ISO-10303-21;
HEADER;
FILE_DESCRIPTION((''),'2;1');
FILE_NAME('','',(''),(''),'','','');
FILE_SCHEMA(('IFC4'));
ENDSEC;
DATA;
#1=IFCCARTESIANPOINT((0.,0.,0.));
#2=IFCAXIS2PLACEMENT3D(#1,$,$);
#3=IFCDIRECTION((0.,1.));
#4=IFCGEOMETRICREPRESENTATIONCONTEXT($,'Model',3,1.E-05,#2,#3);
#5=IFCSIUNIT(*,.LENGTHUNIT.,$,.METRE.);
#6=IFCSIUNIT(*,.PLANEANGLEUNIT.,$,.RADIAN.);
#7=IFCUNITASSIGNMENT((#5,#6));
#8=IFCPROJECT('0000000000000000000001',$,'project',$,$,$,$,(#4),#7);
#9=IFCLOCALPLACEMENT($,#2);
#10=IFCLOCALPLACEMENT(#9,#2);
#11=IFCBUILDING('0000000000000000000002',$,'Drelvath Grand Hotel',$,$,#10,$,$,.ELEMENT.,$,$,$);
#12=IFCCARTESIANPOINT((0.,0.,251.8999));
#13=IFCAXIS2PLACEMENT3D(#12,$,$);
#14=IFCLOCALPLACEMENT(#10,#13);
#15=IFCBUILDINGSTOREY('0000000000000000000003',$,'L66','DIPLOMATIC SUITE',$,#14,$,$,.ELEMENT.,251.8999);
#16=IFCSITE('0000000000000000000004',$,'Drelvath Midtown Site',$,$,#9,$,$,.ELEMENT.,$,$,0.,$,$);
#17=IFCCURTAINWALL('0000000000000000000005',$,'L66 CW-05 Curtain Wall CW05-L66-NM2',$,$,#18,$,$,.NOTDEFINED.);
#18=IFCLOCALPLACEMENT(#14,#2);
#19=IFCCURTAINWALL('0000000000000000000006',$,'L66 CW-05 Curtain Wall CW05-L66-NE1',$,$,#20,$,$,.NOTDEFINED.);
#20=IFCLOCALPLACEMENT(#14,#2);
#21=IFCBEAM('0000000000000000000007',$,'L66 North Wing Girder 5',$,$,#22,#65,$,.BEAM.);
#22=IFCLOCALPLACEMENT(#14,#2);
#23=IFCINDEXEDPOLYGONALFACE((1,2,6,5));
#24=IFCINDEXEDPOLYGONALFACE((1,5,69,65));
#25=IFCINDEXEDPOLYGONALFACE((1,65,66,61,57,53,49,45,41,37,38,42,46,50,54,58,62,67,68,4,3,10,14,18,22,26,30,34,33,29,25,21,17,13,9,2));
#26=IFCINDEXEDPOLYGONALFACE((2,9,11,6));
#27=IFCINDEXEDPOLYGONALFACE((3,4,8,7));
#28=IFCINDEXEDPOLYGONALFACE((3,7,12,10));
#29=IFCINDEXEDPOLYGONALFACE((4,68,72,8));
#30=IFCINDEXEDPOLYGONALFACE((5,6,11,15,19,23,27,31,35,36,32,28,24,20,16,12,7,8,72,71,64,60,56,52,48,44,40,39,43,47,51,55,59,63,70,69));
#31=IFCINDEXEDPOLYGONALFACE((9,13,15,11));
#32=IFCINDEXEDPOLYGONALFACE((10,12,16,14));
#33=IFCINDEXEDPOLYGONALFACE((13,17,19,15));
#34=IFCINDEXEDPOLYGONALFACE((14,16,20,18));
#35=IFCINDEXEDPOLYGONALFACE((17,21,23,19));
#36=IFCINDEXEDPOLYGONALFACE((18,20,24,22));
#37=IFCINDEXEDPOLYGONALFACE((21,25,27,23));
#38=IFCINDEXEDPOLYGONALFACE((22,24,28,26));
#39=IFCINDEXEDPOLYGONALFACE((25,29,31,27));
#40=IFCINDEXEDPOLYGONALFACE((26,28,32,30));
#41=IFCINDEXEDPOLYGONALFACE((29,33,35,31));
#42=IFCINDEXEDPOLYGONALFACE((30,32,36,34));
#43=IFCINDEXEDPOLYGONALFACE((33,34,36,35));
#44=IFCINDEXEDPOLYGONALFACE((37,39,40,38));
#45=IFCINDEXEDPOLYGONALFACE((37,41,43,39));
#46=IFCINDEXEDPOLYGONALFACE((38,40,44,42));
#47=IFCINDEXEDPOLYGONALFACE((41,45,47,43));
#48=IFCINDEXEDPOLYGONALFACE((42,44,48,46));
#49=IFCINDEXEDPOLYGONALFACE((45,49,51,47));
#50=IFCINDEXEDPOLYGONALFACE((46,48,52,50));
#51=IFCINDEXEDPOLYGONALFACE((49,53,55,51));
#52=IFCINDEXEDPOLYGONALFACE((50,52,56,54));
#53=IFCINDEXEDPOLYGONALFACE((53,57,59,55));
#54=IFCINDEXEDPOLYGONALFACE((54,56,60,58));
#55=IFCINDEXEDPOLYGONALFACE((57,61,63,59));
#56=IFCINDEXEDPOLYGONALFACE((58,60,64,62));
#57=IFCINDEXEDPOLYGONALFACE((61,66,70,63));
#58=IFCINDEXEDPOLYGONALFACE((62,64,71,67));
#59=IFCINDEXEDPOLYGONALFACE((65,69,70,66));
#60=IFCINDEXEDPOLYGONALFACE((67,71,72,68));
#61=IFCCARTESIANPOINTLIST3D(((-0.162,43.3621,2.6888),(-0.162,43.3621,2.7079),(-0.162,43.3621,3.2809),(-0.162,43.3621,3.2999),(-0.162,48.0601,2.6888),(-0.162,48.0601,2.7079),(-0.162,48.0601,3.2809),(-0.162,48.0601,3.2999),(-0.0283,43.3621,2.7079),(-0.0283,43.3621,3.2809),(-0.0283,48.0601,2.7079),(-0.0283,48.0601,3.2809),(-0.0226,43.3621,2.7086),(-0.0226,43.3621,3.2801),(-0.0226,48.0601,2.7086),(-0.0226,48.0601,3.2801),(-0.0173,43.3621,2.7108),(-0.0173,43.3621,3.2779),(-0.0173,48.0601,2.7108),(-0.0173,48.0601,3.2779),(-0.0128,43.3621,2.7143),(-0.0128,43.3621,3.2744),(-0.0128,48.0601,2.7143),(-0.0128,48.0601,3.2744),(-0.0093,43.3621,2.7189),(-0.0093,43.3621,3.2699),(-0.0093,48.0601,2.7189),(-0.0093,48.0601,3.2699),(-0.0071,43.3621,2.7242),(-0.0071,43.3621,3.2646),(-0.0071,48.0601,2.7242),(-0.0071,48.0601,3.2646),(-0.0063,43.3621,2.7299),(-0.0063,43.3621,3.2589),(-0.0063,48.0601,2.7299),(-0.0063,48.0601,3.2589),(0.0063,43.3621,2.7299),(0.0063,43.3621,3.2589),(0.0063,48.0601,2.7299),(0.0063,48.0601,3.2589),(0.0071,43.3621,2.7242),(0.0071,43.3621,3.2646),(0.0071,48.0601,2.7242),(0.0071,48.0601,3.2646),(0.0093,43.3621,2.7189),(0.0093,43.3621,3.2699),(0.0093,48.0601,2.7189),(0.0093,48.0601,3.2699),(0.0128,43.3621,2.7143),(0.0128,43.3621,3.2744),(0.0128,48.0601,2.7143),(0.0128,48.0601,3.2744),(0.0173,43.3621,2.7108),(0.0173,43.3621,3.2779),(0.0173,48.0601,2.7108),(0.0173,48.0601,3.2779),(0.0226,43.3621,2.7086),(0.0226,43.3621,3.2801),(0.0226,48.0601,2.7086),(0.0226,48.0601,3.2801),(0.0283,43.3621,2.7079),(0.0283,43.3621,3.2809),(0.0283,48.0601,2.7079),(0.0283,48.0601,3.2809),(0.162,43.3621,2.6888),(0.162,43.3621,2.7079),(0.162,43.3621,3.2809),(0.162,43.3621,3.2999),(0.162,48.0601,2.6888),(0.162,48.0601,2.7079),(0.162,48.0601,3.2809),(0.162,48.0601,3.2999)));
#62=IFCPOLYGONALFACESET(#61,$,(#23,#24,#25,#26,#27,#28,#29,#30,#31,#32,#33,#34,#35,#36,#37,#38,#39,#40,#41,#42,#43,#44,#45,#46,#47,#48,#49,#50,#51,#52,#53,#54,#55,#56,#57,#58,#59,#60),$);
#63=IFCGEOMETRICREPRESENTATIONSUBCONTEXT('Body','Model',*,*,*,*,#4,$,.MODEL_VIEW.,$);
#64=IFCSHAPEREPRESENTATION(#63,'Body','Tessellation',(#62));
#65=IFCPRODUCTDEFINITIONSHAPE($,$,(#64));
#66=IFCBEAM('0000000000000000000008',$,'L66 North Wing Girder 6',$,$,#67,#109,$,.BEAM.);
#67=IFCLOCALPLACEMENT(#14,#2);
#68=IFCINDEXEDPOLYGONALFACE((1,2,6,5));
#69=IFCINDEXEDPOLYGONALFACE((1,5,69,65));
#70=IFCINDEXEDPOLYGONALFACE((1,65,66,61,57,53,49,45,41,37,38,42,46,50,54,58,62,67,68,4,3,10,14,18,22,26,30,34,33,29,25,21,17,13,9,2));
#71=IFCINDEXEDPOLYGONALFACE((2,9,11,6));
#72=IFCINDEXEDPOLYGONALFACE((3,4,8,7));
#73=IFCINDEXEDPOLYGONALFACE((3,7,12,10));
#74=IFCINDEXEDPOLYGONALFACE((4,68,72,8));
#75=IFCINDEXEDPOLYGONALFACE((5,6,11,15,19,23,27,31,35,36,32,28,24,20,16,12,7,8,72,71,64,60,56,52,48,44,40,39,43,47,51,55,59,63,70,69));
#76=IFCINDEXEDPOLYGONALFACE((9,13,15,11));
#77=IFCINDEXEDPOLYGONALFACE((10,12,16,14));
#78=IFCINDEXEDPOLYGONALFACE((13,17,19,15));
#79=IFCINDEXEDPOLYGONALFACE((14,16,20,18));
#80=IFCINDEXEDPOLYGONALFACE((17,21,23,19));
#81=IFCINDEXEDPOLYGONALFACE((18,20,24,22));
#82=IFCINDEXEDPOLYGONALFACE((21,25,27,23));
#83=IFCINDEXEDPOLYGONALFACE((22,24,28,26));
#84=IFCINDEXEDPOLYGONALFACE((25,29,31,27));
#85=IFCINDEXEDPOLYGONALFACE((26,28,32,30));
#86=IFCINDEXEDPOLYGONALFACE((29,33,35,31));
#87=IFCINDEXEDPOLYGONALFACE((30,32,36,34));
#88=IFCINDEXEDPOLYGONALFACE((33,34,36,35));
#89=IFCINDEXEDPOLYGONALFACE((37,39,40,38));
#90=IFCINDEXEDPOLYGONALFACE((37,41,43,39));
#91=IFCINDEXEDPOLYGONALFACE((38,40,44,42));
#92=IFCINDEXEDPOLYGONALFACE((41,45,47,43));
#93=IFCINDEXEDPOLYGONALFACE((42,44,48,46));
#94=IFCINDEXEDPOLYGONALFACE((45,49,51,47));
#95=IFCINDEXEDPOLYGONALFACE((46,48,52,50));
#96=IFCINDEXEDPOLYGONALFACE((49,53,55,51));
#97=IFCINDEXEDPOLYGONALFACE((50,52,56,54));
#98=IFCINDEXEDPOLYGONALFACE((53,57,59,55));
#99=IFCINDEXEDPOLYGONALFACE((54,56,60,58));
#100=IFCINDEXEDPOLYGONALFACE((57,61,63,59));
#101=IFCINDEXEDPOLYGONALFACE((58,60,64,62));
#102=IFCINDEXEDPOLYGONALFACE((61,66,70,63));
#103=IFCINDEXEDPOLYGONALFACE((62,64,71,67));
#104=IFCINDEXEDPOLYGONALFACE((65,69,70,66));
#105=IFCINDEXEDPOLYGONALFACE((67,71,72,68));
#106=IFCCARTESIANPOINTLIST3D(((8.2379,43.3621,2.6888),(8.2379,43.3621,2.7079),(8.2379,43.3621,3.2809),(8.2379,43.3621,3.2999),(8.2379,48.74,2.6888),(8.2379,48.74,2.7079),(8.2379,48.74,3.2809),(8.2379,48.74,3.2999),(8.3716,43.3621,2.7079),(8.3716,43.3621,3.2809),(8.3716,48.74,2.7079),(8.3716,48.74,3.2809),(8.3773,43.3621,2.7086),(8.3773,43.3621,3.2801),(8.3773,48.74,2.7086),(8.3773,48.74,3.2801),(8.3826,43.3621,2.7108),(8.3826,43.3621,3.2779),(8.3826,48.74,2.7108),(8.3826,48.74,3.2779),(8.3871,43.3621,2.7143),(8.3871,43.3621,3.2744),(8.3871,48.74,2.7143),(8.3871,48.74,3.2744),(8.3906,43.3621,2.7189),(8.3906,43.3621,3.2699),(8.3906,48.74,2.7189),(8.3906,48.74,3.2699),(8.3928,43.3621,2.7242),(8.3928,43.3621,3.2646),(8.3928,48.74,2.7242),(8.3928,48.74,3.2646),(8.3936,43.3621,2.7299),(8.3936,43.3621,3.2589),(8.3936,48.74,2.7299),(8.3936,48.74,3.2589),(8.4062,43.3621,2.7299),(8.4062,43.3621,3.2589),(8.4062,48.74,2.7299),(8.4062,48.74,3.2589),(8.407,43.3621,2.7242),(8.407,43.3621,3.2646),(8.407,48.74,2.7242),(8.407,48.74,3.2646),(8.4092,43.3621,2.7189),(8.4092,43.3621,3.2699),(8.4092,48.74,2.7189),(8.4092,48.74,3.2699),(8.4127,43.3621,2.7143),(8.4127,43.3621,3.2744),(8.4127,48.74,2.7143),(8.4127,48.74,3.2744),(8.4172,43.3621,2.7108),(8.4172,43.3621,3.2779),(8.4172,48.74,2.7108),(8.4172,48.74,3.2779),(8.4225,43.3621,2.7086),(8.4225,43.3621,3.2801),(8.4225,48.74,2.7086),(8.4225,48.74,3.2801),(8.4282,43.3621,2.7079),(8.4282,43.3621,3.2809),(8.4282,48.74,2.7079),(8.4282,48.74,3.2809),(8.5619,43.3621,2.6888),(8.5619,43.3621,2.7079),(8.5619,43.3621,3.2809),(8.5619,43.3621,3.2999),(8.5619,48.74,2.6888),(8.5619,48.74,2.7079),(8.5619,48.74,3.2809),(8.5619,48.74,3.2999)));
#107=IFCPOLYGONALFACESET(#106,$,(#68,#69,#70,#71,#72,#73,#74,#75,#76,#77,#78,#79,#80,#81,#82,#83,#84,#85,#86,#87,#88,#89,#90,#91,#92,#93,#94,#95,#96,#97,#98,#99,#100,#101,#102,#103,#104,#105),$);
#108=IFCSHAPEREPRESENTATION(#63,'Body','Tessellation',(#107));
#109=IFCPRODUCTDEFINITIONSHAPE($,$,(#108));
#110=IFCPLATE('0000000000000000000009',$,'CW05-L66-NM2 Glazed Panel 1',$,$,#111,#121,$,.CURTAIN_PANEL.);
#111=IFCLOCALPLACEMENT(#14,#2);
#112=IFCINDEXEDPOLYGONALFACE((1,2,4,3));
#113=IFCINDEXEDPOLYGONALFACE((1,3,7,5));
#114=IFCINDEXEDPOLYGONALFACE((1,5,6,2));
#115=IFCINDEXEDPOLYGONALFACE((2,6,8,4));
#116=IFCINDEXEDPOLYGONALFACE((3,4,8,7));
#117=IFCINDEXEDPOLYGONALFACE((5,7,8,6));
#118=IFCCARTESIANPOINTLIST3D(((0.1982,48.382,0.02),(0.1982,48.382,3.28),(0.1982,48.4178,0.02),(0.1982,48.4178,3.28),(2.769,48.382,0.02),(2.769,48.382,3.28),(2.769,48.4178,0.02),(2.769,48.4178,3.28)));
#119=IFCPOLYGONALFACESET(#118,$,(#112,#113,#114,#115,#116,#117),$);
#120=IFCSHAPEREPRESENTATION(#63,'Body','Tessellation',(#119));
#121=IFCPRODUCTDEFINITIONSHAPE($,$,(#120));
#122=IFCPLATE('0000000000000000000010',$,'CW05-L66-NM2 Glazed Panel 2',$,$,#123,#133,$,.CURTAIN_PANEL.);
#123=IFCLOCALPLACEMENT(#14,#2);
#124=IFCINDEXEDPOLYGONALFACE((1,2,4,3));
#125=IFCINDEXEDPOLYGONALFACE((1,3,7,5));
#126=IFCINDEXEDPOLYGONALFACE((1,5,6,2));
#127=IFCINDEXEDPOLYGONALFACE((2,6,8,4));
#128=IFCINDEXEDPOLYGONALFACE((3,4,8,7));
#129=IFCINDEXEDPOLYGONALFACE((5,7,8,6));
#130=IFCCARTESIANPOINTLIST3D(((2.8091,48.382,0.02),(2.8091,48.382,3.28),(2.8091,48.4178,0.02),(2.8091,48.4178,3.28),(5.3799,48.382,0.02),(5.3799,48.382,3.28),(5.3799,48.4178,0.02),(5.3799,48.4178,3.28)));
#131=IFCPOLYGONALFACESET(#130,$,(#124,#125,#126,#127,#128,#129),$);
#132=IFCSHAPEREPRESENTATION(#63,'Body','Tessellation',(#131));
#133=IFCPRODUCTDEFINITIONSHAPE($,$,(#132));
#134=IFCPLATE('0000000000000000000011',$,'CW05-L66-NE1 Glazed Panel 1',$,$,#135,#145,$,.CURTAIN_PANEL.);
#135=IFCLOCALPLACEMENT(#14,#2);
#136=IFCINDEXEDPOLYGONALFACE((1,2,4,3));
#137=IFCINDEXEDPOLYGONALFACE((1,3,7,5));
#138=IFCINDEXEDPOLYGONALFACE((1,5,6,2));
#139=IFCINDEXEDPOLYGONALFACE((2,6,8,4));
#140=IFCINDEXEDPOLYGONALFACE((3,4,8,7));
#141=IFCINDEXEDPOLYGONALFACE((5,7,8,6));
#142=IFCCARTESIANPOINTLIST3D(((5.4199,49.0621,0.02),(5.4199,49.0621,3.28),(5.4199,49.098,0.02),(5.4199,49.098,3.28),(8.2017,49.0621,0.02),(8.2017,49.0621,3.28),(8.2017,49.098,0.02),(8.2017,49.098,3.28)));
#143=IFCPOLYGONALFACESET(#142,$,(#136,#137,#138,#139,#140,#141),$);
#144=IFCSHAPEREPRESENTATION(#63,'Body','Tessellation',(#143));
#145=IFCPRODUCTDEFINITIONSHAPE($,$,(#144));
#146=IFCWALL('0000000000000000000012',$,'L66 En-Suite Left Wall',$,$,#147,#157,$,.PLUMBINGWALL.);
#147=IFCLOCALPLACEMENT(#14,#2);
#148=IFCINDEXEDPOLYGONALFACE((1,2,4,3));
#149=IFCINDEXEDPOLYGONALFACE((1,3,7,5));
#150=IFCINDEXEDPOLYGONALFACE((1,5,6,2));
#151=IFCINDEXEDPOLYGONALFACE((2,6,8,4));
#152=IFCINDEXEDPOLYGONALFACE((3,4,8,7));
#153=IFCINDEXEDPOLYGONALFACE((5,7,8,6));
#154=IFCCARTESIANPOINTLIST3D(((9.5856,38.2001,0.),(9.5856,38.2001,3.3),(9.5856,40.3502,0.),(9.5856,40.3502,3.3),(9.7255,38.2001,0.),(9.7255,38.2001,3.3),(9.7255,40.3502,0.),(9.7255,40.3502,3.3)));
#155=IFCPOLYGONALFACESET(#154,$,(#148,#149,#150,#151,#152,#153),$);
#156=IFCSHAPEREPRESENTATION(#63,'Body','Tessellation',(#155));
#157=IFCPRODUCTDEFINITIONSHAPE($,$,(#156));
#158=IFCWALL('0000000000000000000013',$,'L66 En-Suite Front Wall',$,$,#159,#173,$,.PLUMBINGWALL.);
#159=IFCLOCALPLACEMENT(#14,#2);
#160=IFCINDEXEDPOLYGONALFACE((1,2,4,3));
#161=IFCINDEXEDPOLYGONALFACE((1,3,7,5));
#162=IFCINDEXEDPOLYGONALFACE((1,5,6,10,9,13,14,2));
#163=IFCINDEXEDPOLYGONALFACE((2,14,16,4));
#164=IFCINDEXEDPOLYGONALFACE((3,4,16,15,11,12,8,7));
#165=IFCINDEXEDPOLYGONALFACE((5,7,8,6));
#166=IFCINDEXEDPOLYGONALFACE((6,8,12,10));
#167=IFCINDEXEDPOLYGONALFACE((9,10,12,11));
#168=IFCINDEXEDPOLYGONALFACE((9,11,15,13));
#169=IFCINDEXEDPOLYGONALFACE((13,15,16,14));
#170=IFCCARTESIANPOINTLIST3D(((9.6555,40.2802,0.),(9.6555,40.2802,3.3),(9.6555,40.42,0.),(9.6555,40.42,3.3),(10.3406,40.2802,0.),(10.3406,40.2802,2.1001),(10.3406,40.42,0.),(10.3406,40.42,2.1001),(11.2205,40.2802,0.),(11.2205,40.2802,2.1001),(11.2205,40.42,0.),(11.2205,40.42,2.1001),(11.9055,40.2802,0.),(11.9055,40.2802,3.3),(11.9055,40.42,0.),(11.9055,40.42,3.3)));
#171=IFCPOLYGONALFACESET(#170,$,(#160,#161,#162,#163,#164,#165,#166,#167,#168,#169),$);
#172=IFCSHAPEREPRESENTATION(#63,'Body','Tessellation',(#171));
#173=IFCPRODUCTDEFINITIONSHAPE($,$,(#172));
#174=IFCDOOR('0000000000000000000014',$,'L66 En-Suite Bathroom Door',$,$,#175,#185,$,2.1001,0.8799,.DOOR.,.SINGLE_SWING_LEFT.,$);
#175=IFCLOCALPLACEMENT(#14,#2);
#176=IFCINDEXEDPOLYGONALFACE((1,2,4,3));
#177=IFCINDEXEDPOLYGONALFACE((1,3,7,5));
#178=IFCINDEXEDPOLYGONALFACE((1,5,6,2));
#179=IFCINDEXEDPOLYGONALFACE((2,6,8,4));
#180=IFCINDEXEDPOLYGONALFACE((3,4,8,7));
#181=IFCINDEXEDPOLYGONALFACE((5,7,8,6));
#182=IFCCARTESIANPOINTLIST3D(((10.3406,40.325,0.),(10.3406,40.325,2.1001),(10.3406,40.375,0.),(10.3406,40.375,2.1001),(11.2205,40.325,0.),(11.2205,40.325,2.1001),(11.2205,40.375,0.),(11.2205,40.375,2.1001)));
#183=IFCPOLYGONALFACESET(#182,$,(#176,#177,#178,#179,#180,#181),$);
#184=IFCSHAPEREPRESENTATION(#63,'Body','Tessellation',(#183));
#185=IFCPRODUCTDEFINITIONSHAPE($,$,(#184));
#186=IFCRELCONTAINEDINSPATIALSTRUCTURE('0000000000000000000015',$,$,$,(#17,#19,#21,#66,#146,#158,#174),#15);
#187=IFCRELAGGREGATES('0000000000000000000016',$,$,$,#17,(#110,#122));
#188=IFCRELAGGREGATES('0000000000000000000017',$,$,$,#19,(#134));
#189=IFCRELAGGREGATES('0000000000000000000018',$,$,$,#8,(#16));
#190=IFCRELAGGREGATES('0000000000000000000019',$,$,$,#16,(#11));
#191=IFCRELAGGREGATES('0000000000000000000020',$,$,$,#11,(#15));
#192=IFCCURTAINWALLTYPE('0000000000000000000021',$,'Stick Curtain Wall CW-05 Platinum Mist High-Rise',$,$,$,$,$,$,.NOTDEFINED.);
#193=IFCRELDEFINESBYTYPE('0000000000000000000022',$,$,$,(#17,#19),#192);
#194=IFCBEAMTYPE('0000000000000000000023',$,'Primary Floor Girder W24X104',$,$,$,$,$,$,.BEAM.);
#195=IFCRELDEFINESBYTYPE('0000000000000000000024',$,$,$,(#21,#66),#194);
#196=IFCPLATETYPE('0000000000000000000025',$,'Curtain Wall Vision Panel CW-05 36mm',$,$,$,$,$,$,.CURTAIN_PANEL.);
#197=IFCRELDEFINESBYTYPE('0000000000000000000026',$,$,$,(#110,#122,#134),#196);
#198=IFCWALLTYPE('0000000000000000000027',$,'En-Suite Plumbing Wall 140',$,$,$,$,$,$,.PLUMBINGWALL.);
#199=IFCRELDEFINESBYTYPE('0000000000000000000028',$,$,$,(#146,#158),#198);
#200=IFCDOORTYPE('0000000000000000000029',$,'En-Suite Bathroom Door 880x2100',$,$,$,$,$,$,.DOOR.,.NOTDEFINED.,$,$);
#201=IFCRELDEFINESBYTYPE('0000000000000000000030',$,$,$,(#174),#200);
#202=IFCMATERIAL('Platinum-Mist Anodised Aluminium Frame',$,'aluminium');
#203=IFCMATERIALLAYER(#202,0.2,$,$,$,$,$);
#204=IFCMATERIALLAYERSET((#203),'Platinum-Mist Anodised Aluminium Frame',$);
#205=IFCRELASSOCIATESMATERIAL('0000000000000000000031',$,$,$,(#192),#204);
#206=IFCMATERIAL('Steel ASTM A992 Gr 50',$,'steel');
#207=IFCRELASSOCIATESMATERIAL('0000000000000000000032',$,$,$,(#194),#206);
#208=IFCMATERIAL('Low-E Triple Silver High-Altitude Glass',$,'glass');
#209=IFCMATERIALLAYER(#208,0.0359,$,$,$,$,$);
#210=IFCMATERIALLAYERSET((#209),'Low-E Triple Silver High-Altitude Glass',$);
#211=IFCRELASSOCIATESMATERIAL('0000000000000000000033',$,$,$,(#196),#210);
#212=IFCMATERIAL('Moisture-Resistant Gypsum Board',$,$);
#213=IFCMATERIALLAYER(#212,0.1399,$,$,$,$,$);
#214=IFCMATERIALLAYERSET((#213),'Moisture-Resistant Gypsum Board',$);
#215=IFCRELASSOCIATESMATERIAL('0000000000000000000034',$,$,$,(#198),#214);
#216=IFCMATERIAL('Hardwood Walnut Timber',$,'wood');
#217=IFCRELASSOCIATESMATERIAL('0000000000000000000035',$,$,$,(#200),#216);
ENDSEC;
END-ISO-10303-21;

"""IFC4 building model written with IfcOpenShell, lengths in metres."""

from ifc_helpers import new_model, si_unit, direction, frame, frame_2d, origin, origin_2d, place, context, subcontext, project, spatial, rectangle, i_section, extrude, material, layer, layer_set, material_profile, profile_set, type_object, element, fill, aggregate, save


model = new_model("IFC4")

# Units and contexts
model_context = context("Model", 3, precision=1e-05, world=origin(), true_north=direction((0.0, 1.0)))
body_context = subcontext(model_context, "Body", "Model", "MODEL_VIEW")
ifc_project = project(units=[si_unit("LENGTHUNIT", "METRE"), si_unit("PLANEANGLEUNIT", "RADIAN")], contexts=[model_context])

# Site, building, storey
site_placement = place(None, origin())
site = spatial("IfcSite", under=ifc_project, at=site_placement, Name="Drelvath Midtown Site", CompositionType="ELEMENT", RefElevation=0.0)
building_placement = place(site_placement, origin())
building = spatial("IfcBuilding", under=site, at=building_placement, Name="Drelvath Grand Hotel", CompositionType="ELEMENT")
storey_placement = place(building_placement, frame((0.0, 0.0, 251.8999)))
storey = spatial("IfcBuildingStorey", under=building, at=storey_placement, Name="L66", Description="DIPLOMATIC SUITE", CompositionType="ELEMENT", Elevation=251.8999)

# Curtain walls
ifc_material_1 = material(Name="Platinum-Mist Anodised Aluminium Frame", Category="aluminium")
ifc_layer_1 = layer(ifc_material_1, 0.2)
ifc_layer_set_1 = layer_set([ifc_layer_1], Name="Platinum-Mist Anodised Aluminium Frame")
curtain_wall_type = type_object("IfcCurtainWallType", Name="Stick Curtain Wall CW-05 Platinum Mist High-Rise", PredefinedType="NOTDEFINED", material=ifc_layer_set_1)
curtain_wall_1_placement = place(storey_placement, origin())
curtain_wall_1 = element("IfcCurtainWall", 1, at=curtain_wall_1_placement, inside=storey, type_object=curtain_wall_type, Name="L66 CW-05 Curtain Wall CW05-L66-NM2", PredefinedType="NOTDEFINED")
curtain_wall_2_placement = place(storey_placement, origin())
curtain_wall_2 = element("IfcCurtainWall", 2, at=curtain_wall_2_placement, inside=storey, type_object=curtain_wall_type, Name="L66 CW-05 Curtain Wall CW05-L66-NE1", PredefinedType="NOTDEFINED")

# Beams
ifc_material_2 = material(Name="Steel ASTM A992 Gr 50", Category="steel")
ifc_material_profile_1 = material_profile(ifc_material_2, i_section(OverallWidth=0.324, OverallDepth=0.6111, WebThickness=0.0127, FlangeThickness=0.019, FilletRadius=0.022, at=origin_2d()), Name="W24X104")
ifc_profile_set_1 = profile_set([ifc_material_profile_1], Name="Steel ASTM A992 Gr 50")
beam_type_1 = type_object("IfcBeamType", Name="Primary Floor Girder W24X104", PredefinedType="BEAM", material=ifc_profile_set_1)
beam_1_placement = place(storey_placement, frame((0.0, 43.3621, 2.9944), z_axis=(0.0, 1.0, 0.0), x_axis=(-1.0, 0.0, 0.0)))
element("IfcBeam", 3, at=beam_1_placement, inside=storey, type_object=beam_type_1, Name="L66 North Wing Girder 5", PredefinedType="BEAM", context=body_context, shape_type="SweptSolid", body=[
    extrude(i_section(OverallWidth=0.324, OverallDepth=0.6111, WebThickness=0.0127, FlangeThickness=0.019, FilletRadius=0.022, at=origin_2d()), origin(), (0.0, 0.0, 1.0), 4.698),
])
beam_2_placement = place(storey_placement, frame((8.3999, 43.3621, 2.9944), z_axis=(0.0, 1.0, 0.0), x_axis=(-1.0, 0.0, 0.0)))
element("IfcBeam", 4, at=beam_2_placement, inside=storey, type_object=beam_type_1, Name="L66 North Wing Girder 6", PredefinedType="BEAM", context=body_context, shape_type="SweptSolid", body=[
    extrude(i_section(OverallWidth=0.324, OverallDepth=0.6111, WebThickness=0.0127, FlangeThickness=0.019, FilletRadius=0.022, at=origin_2d()), origin(), (0.0, 0.0, 1.0), 5.3779),
])

# Plates
ifc_material_3 = material(Name="Low-E Triple Silver High-Altitude Glass", Category="glass")
ifc_layer_2 = layer(ifc_material_3, 0.0359)
ifc_layer_set_2 = layer_set([ifc_layer_2], Name="Low-E Triple Silver High-Altitude Glass")
plate_type = type_object("IfcPlateType", Name="Curtain Wall Vision Panel CW-05 36mm", PredefinedType="CURTAIN_PANEL", material=ifc_layer_set_2)
plate_1_placement = place(storey_placement, frame((1.4836, 48.3999, 0.02), z_axis=(0.0, 0.0, 1.0), x_axis=(1.0, 0.0, 0.0)))
plate_1 = element("IfcPlate", 5, at=plate_1_placement, type_object=plate_type, Name="CW05-L66-NM2 Glazed Panel 1", PredefinedType="CURTAIN_PANEL", context=body_context, shape_type="SweptSolid", body=[
    extrude(rectangle(XDim=2.5708, YDim=0.0359, at=origin_2d()), origin(), (0.0, 0.0, 1.0), 3.26),
])
plate_2_placement = place(storey_placement, frame((4.0945, 48.3999, 0.02), z_axis=(0.0, 0.0, 1.0), x_axis=(1.0, 0.0, 0.0)))
plate_2 = element("IfcPlate", 6, at=plate_2_placement, type_object=plate_type, Name="CW05-L66-NM2 Glazed Panel 2", PredefinedType="CURTAIN_PANEL", context=body_context, shape_type="SweptSolid", body=[
    extrude(rectangle(XDim=2.5708, YDim=0.0359, at=origin_2d()), origin(), (0.0, 0.0, 1.0), 3.26),
])
aggregate(curtain_wall_1, [plate_1, plate_2])
plate_3_placement = place(storey_placement, frame((6.8108, 49.0801, 0.02), z_axis=(0.0, 0.0, 1.0), x_axis=(1.0, 0.0, 0.0)))
plate_3 = element("IfcPlate", 7, at=plate_3_placement, type_object=plate_type, Name="CW05-L66-NE1 Glazed Panel 1", PredefinedType="CURTAIN_PANEL", context=body_context, shape_type="SweptSolid", body=[
    extrude(rectangle(XDim=2.7817, YDim=0.0359, at=origin_2d()), origin(), (0.0, 0.0, 1.0), 3.26),
])
aggregate(curtain_wall_2, [plate_3])

# Wall
ifc_material_4 = material(Name="Moisture-Resistant Gypsum Board")
ifc_layer_3 = layer(ifc_material_4, 0.1399)
ifc_layer_set_3 = layer_set([ifc_layer_3], Name="Moisture-Resistant Gypsum Board")
wall_type_1 = type_object("IfcWallType", Name="En-Suite Plumbing Wall 140", PredefinedType="PLUMBINGWALL", material=ifc_layer_set_3)
wall_1_placement = place(storey_placement, frame((9.6555, 38.2, 0.0), z_axis=(0.0, 0.0, 1.0), x_axis=(0.0, 1.0, 0.0)))
element("IfcWall", 8, at=wall_1_placement, inside=storey, type_object=wall_type_1, Name="L66 En-Suite Left Wall", PredefinedType="PLUMBINGWALL", context=body_context, shape_type="SweptSolid", body=[
    extrude(rectangle(XDim=2.1501, YDim=0.1399, at=frame_2d((1.0752, 0.0))), origin(), (0.0, 0.0, 1.0), 3.3),
])

# Wall, opening, door
wall_2_placement = place(storey_placement, frame((9.6555, 40.3501, 0.0), z_axis=(0.0, 0.0, 1.0), x_axis=(1.0, 0.0, 0.0)))
wall_2 = element("IfcWall", 9, at=wall_2_placement, inside=storey, type_object=wall_type_1, Name="L66 En-Suite Front Wall", PredefinedType="PLUMBINGWALL", context=body_context, shape_type="SweptSolid", body=[
    extrude(rectangle(XDim=2.25, YDim=0.1399, at=frame_2d((1.125, 0.0))), origin(), (0.0, 0.0, 1.0), 3.3),
])
opening_placement = place(wall_2_placement, frame((0.6851, 0.0, 0.0)))
opening = element("IfcOpeningElement", 10, at=opening_placement, cuts=wall_2, PredefinedType="OPENING", context=body_context, shape_type="SweptSolid", body=[
    extrude(rectangle(XDim=0.8799, YDim=2.1001, at=frame_2d((0.4399, 1.05))), frame((0.0, 0.0798, 0.0), z_axis=(0.0, -1.0, 0.0), x_axis=(1.0, 0.0, 0.0)), (0.0, 0.0, 1.0), 0.1599),
])
ifc_material_5 = material(Name="Hardwood Walnut Timber", Category="wood")
door_type = type_object("IfcDoorType", Name="En-Suite Bathroom Door 880x2100", OperationType="NOTDEFINED", PredefinedType="DOOR", material=ifc_material_5)
door_placement = place(opening_placement, origin())
door = element("IfcDoor", 11, at=door_placement, inside=storey, type_object=door_type, Name="L66 En-Suite Bathroom Door", OperationType="SINGLE_SWING_LEFT", OverallHeight=2.1001, OverallWidth=0.8799, PredefinedType="DOOR", context=body_context, shape_type="SweptSolid", body=[
    extrude(rectangle(XDim=0.8799, YDim=2.1001, at=frame_2d((0.4399, 1.05))), frame((0.0, 0.0249, 0.0), z_axis=(0.0, -1.0, 0.0), x_axis=(1.0, 0.0, 0.0)), (0.0, 0.0, 1.0), 0.05),
])
fill(opening, door)

save(model, "model.ifc")
